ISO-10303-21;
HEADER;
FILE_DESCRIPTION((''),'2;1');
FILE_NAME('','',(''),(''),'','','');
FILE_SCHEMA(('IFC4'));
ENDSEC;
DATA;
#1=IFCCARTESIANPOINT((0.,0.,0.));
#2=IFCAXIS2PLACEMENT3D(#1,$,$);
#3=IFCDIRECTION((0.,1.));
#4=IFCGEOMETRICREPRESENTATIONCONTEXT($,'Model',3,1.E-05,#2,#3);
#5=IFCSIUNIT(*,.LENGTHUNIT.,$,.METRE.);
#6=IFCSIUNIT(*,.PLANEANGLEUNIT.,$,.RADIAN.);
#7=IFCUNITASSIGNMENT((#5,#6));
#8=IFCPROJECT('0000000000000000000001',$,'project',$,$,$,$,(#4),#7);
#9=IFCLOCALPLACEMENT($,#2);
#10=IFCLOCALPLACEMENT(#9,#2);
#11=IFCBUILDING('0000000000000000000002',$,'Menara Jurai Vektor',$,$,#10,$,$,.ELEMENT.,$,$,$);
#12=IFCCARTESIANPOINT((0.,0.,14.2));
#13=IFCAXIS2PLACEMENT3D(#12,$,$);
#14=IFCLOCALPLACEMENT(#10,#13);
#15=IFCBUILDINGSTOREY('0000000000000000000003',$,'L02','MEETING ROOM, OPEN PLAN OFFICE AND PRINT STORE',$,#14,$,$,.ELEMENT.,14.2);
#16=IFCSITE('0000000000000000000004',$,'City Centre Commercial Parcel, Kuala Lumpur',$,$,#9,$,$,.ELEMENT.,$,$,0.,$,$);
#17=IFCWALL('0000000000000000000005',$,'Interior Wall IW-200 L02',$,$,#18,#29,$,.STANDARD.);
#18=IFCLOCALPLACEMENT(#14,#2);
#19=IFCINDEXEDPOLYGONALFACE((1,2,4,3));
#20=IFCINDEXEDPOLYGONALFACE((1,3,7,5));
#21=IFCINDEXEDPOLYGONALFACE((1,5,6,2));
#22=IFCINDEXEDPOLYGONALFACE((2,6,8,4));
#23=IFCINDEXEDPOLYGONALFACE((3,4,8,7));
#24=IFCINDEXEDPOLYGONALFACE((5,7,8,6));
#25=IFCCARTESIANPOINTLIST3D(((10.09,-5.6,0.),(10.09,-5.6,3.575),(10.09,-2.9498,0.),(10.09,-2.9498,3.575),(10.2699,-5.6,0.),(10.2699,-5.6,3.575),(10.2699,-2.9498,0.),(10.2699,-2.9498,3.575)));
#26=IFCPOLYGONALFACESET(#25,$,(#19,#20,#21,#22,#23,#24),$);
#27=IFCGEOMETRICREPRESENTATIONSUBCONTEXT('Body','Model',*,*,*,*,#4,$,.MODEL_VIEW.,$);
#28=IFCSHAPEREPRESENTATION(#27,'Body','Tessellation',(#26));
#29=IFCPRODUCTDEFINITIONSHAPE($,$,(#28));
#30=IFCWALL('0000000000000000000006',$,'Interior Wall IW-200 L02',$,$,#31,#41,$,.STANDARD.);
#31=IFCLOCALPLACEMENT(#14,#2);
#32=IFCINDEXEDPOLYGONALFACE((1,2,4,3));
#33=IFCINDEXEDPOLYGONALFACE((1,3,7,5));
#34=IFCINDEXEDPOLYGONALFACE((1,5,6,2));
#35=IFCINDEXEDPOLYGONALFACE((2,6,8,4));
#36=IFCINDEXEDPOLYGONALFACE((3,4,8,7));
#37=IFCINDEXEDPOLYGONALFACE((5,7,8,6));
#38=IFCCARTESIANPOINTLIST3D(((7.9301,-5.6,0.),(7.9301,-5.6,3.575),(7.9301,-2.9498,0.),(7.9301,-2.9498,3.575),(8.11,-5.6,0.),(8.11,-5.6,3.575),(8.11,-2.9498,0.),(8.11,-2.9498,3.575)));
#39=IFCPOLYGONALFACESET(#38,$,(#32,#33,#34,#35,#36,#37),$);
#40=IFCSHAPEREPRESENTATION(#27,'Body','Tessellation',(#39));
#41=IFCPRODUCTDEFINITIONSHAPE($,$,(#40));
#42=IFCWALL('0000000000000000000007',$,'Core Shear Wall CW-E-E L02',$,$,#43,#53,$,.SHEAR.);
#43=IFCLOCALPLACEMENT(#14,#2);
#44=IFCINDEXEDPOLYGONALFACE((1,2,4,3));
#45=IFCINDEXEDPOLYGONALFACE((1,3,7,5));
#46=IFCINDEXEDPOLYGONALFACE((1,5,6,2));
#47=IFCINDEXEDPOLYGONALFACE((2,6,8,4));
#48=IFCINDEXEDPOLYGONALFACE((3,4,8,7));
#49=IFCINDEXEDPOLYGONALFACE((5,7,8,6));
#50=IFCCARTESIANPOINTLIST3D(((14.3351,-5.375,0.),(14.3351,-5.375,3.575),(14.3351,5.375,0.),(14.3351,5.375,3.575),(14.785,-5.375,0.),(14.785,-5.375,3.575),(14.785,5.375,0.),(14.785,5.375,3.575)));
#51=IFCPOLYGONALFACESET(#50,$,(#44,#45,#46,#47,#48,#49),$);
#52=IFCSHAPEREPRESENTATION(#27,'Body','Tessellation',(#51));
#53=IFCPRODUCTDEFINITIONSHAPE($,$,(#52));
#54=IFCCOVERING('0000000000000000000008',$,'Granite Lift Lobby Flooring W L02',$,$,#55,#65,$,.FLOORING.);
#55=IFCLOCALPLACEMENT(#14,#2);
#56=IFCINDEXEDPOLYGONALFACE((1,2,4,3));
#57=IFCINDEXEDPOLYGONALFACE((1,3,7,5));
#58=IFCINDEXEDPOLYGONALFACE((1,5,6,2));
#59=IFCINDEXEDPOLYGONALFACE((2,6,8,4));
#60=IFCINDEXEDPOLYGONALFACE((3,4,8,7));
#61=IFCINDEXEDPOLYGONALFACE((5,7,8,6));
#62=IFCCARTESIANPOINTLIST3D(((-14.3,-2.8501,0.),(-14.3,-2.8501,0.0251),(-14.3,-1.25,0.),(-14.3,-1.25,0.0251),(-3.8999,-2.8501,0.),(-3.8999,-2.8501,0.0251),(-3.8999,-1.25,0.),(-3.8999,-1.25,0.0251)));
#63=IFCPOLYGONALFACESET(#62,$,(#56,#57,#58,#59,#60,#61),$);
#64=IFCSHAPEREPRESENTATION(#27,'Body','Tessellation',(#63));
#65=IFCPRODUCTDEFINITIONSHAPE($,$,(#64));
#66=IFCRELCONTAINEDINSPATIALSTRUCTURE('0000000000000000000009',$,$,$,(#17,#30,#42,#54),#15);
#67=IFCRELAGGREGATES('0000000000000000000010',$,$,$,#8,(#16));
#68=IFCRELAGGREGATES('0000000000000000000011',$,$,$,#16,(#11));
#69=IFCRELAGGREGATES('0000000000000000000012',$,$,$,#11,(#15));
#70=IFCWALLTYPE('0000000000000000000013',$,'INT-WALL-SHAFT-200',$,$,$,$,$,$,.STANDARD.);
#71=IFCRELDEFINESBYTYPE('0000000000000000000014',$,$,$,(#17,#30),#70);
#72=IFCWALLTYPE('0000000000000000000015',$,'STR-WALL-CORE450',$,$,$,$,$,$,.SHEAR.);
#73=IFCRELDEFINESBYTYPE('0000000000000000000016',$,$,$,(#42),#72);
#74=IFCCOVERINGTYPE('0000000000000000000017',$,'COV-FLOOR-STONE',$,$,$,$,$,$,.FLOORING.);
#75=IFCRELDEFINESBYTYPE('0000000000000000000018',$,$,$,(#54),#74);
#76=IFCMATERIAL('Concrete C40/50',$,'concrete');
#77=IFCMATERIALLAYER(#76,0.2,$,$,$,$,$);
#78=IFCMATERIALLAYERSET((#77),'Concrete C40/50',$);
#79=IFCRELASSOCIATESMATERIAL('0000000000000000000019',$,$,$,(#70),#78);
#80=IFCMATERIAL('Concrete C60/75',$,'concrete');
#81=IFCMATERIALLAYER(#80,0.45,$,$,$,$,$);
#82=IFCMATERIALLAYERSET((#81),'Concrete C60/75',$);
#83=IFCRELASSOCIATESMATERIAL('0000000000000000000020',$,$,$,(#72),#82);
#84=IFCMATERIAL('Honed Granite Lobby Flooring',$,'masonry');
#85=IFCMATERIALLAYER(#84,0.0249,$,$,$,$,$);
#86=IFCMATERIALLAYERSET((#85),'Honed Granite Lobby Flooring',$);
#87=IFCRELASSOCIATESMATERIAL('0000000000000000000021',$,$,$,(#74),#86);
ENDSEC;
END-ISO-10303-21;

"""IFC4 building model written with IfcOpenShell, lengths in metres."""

from ifc_helpers import new_model, si_unit, direction, frame, frame_2d, origin, place, context, subcontext, project, spatial, polyline, rectangle, outline, extrude, material, layer, layer_set, type_object, element, save


model = new_model("IFC4")

# Units and contexts
model_context = context("Model", 3, precision=1e-05, world=origin(), true_north=direction((0.0, 1.0)))
body_context = subcontext(model_context, "Body", "Model", "MODEL_VIEW")
ifc_project = project(units=[si_unit("LENGTHUNIT", "METRE"), si_unit("PLANEANGLEUNIT", "RADIAN")], contexts=[model_context])

# Site, building, storey
site_placement = place(None, origin())
site = spatial("IfcSite", under=ifc_project, at=site_placement, Name="City Centre Commercial Parcel, Kuala Lumpur", CompositionType="ELEMENT", RefElevation=0.0)
building_placement = place(site_placement, origin())
building = spatial("IfcBuilding", under=site, at=building_placement, Name="Menara Jurai Vektor", CompositionType="ELEMENT")
storey_placement = place(building_placement, frame((0.0, 0.0, 14.2)))
storey = spatial("IfcBuildingStorey", under=building, at=storey_placement, Name="L02", Description="MEETING ROOM, OPEN PLAN OFFICE AND PRINT STORE", CompositionType="ELEMENT", Elevation=14.2)

# Shared definitions
ifc_material_1 = material(Name="Concrete C60/75", Category="concrete")

# Shared definitions
ifc_material_2 = material(Name="Concrete C40/50", Category="concrete")

# Shared definitions
ifc_layer_1 = layer(ifc_material_2, 0.2)
ifc_layer_set_1 = layer_set([ifc_layer_1], Name="Concrete C40/50")
wall_type_1 = type_object("IfcWallType", Name="INT-WALL-SHAFT-200", PredefinedType="STANDARD", material=ifc_layer_set_1)

# Walls
for number, where, z_axis, x_axis, name in (
    (1, (10.1799, -5.6001, 0.0), (0.0, 0.0, 1.0), (0.0, 1.0, 0.0), "Interior Wall IW-200 L02"),
    (2, (8.02, -5.6001, 0.0), (0.0, 0.0, 1.0), (0.0, 1.0, 0.0), "Interior Wall IW-200 L02"),
):
    element("IfcWall", number, at=place(storey_placement, frame(where, z_axis=z_axis, x_axis=x_axis)), inside=storey, type_object=wall_type_1, Name=name, PredefinedType="STANDARD", context=body_context, shape_type="SweptSolid", body=[
        extrude(rectangle(XDim=2.6501, YDim=0.1799, at=frame_2d((1.3252, 0.0))), origin(), (0.0, 0.0, 1.0), 3.575),
    ])
ifc_layer_2 = layer(ifc_material_1, 0.45)
ifc_layer_set_2 = layer_set([ifc_layer_2], Name="Concrete C60/75")
wall_type_2 = type_object("IfcWallType", Name="STR-WALL-CORE450", PredefinedType="SHEAR", material=ifc_layer_set_2)
wall_1_placement = place(storey_placement, frame((14.5601, -5.375, 0.0), z_axis=(0.0, 0.0, 1.0), x_axis=(0.0, 1.0, 0.0)))
element("IfcWall", 3, at=wall_1_placement, inside=storey, type_object=wall_type_2, Name="Core Shear Wall CW-E-E L02", PredefinedType="SHEAR", context=body_context, shape_type="SweptSolid", body=[
    extrude(rectangle(XDim=10.75, YDim=0.45, at=frame_2d((5.375, 0.0))), origin(), (0.0, 0.0, 1.0), 3.575),
])

# Covering
ifc_material_3 = material(Name="Honed Granite Lobby Flooring", Category="masonry")
ifc_layer_3 = layer(ifc_material_3, 0.0249)
ifc_layer_set_3 = layer_set([ifc_layer_3], Name="Honed Granite Lobby Flooring")
covering_type = type_object("IfcCoveringType", Name="COV-FLOOR-STONE", PredefinedType="FLOORING", material=ifc_layer_set_3)
covering_placement = place(storey_placement, origin())
element("IfcCovering", 4, at=covering_placement, inside=storey, type_object=covering_type, Name="Granite Lift Lobby Flooring W L02", PredefinedType="FLOORING", context=body_context, shape_type="SweptSolid", body=[
    extrude(outline(polyline([(-14.3, -2.8501), (-3.8999, -2.8501), (-3.8999, -1.25), (-14.3, -1.25), (-14.3, -2.8501)])), origin(), (0.0, 0.0, 1.0), 0.0251),
])

save(model, "model.ifc")
